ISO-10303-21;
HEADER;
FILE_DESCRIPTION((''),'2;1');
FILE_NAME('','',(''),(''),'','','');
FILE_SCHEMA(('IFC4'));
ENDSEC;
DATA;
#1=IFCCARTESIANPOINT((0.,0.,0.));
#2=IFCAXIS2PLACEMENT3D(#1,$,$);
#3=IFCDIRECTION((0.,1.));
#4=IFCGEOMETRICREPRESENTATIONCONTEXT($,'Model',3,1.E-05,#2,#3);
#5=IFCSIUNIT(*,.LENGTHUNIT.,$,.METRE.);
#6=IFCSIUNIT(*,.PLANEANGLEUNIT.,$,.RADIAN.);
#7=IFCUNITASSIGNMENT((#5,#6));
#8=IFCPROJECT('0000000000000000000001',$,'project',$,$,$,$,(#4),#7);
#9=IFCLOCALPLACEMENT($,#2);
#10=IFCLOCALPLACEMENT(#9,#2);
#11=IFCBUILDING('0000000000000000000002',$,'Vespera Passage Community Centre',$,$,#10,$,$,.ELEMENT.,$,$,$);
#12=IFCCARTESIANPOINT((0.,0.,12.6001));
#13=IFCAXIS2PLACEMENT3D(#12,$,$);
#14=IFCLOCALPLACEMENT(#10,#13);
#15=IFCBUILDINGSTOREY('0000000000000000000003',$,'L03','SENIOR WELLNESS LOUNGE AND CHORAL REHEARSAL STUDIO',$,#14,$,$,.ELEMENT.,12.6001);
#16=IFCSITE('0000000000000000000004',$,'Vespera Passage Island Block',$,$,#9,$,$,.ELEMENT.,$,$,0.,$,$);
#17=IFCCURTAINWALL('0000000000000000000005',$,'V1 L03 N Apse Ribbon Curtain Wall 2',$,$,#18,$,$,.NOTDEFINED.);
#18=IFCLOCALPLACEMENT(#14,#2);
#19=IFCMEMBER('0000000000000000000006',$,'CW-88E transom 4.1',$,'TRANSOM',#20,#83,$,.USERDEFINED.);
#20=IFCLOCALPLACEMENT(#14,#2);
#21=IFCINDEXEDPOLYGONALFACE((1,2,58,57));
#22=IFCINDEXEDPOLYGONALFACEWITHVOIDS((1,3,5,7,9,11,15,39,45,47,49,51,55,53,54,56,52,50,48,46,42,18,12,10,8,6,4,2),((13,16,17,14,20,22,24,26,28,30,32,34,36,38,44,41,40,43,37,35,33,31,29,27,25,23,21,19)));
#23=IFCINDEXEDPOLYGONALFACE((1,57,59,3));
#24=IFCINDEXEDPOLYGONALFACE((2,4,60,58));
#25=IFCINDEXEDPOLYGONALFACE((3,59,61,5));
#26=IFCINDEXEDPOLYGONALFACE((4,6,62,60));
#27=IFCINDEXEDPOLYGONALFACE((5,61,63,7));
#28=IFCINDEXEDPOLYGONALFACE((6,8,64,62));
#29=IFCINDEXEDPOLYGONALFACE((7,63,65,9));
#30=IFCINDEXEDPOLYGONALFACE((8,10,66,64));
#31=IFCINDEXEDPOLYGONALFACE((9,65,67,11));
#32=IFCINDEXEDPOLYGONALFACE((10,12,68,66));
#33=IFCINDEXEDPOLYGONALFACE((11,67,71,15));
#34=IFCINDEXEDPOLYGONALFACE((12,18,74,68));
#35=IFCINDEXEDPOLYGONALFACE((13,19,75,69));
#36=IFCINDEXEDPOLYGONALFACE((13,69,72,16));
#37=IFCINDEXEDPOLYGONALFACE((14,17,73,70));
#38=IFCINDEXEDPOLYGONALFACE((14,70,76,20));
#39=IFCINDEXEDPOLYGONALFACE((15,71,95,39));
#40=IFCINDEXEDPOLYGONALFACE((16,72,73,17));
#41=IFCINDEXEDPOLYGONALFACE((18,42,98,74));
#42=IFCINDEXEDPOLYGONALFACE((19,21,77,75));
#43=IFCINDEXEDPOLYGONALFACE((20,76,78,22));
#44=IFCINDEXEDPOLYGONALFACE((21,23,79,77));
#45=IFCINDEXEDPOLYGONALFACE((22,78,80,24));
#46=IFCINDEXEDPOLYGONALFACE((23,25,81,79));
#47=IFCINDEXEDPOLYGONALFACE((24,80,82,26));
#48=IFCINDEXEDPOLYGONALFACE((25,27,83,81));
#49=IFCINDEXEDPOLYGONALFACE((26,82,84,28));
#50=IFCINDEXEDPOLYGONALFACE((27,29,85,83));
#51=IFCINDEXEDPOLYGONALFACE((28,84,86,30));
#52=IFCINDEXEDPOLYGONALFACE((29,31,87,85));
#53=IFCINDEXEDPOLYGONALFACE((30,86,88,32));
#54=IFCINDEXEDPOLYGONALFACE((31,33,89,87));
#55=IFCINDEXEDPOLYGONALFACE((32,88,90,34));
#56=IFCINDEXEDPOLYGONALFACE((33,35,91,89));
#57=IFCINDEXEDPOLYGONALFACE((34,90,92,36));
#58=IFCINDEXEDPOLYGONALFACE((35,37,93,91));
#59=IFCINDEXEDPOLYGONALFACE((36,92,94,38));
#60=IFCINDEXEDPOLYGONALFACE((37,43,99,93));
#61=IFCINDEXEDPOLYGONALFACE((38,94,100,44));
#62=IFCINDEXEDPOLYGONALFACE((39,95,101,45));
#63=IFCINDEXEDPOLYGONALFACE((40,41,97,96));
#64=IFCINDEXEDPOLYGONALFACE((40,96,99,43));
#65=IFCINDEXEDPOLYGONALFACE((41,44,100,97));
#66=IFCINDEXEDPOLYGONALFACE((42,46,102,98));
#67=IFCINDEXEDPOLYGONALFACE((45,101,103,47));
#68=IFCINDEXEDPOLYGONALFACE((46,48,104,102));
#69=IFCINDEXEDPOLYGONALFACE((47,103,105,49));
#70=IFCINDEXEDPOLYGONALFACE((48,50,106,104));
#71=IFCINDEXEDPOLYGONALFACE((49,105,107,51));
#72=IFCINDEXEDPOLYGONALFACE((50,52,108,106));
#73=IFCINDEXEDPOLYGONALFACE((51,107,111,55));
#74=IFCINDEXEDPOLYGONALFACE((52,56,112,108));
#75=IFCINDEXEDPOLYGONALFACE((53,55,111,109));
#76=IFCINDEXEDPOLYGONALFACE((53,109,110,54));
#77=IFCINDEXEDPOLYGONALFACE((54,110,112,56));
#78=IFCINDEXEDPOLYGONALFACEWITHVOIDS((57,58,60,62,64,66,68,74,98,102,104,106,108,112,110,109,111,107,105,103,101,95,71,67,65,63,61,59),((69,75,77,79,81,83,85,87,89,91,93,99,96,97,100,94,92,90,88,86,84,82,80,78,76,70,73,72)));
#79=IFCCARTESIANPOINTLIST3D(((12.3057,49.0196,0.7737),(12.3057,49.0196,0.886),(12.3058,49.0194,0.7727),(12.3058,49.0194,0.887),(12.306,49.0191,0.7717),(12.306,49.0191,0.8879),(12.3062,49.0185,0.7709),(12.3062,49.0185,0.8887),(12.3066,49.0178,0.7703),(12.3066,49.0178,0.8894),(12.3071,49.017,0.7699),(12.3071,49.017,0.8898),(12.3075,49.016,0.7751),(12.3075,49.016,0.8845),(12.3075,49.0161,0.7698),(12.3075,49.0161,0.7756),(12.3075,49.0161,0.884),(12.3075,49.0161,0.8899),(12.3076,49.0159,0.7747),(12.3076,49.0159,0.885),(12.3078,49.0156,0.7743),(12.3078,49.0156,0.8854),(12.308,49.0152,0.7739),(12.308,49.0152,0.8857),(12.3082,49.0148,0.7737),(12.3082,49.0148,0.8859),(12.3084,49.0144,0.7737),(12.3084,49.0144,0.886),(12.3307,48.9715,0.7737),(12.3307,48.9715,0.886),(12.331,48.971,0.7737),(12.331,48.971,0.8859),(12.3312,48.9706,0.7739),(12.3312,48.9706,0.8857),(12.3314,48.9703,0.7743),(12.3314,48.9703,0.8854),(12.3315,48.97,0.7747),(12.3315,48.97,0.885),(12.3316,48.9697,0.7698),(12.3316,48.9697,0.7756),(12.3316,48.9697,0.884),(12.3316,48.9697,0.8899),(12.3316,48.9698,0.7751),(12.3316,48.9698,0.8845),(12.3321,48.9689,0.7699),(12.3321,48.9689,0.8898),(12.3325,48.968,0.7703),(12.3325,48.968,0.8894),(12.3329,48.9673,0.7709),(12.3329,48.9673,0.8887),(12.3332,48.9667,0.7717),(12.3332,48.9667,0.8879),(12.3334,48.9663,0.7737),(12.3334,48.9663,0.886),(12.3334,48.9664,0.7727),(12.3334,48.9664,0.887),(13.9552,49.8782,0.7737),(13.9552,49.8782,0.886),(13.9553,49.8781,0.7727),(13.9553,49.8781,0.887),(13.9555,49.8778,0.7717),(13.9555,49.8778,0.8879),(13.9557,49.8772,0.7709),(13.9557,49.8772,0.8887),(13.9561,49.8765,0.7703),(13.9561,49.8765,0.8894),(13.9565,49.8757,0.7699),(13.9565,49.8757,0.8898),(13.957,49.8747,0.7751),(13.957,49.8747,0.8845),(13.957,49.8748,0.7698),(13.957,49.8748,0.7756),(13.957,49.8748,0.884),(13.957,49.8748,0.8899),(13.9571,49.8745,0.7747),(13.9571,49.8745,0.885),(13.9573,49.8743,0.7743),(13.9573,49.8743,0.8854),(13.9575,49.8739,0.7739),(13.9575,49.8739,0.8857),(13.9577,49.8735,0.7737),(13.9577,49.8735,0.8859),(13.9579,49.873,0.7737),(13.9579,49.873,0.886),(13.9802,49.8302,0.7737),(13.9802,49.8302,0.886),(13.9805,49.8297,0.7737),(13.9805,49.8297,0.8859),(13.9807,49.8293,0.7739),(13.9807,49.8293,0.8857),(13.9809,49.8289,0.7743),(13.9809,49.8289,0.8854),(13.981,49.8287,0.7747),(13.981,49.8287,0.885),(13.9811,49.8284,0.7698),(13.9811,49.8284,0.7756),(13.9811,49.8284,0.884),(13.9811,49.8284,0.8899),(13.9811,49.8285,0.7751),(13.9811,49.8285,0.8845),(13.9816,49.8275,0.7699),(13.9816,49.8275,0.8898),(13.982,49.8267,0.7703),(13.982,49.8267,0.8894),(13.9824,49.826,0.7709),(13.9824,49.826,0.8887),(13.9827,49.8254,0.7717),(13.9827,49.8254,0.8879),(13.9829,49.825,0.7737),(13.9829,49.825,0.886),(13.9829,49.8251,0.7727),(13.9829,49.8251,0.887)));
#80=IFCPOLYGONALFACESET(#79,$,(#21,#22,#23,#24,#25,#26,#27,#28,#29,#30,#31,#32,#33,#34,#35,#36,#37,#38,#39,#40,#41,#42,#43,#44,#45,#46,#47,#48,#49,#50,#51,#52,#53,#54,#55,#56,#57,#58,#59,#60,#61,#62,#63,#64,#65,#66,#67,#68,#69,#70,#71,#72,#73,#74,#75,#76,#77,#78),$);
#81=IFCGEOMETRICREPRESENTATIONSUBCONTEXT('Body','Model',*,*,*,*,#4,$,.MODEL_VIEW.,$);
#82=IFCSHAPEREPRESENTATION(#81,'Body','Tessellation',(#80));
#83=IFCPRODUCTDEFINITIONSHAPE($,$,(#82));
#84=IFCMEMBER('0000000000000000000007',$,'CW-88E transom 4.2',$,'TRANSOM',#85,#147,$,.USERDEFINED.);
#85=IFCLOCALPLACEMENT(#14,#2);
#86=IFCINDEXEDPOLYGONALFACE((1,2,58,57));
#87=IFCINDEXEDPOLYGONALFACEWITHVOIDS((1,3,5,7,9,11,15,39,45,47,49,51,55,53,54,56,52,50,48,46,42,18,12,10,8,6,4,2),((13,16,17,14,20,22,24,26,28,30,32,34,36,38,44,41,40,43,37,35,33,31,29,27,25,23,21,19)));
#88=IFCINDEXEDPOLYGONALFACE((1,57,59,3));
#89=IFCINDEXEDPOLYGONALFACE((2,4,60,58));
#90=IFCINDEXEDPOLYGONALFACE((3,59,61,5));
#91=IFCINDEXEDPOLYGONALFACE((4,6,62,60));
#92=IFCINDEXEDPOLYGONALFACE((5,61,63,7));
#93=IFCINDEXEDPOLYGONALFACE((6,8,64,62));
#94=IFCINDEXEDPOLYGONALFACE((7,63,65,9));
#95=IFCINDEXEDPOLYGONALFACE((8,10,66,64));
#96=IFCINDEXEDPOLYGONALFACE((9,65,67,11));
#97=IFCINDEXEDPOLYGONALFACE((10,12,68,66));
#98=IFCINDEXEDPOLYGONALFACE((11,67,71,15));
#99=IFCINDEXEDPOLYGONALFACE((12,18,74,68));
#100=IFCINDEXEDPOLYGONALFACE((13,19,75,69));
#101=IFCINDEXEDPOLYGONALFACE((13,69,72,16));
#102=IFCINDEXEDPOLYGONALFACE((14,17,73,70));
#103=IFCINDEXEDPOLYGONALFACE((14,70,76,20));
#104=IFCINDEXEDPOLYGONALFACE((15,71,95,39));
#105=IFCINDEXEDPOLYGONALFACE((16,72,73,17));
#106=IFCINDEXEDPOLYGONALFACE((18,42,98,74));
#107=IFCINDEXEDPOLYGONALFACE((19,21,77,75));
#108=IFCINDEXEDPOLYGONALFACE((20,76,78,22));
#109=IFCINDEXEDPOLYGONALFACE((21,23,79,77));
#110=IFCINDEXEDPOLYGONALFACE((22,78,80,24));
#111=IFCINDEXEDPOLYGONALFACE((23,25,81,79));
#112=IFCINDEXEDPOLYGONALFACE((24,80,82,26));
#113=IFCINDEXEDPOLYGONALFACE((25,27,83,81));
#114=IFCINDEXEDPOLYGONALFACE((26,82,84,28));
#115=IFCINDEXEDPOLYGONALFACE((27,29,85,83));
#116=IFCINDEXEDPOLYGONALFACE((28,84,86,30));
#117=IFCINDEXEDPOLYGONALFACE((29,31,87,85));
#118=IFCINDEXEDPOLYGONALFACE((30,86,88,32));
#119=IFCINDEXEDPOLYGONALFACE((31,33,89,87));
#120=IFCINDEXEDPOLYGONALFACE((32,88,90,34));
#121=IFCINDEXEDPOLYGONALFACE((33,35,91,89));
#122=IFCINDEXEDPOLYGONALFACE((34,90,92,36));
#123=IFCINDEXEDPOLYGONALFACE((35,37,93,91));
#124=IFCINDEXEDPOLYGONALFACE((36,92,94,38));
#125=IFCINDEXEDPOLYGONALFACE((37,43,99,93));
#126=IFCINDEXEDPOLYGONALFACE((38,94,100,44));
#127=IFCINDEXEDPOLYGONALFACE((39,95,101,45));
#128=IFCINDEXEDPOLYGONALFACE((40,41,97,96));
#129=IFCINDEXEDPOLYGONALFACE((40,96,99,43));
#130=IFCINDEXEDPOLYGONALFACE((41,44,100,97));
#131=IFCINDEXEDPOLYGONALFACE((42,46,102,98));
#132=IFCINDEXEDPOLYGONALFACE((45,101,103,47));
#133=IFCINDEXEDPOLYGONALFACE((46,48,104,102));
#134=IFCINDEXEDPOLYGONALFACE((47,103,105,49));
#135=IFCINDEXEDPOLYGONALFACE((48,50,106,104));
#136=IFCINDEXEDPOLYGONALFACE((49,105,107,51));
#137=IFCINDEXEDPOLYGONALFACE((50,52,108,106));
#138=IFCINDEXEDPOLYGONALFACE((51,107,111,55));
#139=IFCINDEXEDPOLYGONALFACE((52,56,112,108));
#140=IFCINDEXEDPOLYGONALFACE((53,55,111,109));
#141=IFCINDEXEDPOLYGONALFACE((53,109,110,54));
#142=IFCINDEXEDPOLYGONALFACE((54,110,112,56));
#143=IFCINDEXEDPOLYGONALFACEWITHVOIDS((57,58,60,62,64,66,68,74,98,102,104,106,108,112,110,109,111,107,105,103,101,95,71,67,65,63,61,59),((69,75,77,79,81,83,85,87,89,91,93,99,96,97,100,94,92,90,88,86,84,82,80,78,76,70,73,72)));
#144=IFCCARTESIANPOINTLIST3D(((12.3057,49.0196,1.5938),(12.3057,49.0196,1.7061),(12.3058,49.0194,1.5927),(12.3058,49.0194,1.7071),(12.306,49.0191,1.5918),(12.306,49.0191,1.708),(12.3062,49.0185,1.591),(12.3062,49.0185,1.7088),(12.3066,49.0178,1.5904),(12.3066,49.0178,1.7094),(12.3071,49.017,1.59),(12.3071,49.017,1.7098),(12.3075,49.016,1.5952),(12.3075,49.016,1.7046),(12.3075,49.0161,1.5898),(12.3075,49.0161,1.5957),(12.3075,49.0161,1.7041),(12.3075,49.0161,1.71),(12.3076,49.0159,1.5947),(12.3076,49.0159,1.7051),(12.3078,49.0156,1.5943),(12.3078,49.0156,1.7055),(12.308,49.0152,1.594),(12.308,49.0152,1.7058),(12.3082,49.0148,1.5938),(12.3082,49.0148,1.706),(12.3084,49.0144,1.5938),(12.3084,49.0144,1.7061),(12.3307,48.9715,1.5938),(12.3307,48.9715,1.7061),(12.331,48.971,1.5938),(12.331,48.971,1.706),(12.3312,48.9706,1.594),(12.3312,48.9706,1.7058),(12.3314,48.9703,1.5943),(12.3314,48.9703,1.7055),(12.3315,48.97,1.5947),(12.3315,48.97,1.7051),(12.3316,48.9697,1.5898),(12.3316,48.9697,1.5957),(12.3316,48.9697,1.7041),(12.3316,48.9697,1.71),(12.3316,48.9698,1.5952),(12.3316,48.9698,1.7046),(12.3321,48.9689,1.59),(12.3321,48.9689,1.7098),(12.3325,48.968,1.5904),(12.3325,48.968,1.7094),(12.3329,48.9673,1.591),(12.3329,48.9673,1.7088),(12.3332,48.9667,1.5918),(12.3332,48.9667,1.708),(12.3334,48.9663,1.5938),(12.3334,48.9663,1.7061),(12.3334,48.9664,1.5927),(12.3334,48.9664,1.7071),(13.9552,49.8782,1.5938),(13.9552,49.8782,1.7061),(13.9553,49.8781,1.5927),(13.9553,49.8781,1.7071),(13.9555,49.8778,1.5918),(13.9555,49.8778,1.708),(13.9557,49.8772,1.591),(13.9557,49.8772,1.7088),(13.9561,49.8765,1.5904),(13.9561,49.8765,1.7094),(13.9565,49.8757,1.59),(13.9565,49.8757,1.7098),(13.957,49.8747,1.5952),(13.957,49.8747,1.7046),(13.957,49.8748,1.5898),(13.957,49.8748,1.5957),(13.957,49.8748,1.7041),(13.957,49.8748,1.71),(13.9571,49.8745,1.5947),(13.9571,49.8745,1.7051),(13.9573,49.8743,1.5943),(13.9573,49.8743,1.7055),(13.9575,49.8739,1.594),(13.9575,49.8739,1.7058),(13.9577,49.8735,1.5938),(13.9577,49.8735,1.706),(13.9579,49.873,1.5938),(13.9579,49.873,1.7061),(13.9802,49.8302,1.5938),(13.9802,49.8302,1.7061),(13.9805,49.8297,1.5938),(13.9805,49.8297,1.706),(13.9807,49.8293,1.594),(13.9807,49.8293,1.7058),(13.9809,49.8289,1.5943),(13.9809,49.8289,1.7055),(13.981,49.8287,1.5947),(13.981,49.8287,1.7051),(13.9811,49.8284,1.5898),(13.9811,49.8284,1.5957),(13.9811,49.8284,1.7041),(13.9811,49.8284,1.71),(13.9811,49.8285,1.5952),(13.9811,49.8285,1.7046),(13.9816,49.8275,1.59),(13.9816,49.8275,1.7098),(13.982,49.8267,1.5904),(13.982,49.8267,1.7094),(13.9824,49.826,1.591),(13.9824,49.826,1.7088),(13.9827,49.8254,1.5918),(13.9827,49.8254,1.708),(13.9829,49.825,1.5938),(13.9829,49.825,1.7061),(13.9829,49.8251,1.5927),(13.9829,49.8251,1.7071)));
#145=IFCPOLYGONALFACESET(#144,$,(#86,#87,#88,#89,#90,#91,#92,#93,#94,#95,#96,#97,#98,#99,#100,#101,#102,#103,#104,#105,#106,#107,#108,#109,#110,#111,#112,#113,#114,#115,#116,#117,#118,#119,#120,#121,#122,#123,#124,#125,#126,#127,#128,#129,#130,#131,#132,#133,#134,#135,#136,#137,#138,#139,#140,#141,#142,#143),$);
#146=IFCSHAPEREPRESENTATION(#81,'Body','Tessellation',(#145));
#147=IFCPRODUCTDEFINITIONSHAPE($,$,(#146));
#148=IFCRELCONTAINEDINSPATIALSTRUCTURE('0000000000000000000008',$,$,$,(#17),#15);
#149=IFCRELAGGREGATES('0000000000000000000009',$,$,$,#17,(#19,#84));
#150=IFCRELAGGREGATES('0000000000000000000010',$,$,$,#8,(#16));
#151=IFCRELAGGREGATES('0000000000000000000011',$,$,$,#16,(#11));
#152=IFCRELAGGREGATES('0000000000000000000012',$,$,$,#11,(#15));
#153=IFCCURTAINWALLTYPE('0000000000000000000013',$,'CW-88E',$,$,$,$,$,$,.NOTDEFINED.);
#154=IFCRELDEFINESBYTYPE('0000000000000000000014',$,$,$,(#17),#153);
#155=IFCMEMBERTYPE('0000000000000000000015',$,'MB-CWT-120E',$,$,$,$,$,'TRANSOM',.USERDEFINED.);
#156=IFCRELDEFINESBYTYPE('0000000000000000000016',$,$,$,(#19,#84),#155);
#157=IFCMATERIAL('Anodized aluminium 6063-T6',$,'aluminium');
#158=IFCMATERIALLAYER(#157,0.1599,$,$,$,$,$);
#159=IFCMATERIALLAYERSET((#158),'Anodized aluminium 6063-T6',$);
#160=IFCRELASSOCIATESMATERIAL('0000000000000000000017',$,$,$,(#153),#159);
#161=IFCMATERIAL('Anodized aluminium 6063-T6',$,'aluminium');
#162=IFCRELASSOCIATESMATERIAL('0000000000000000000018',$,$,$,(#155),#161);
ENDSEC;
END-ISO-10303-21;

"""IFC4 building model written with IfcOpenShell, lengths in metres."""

from ifc_helpers import new_model, si_unit, direction, frame, origin, origin_2d, place, context, subcontext, project, spatial, hollow_rectangle, extrude, material, layer, layer_set, material_profile, profile_set, type_object, element, aggregate, save


model = new_model("IFC4")

# Units and contexts
model_context = context("Model", 3, precision=1e-05, world=origin(), true_north=direction((0.0, 1.0)))
body_context = subcontext(model_context, "Body", "Model", "MODEL_VIEW")
ifc_project = project(units=[si_unit("LENGTHUNIT", "METRE"), si_unit("PLANEANGLEUNIT", "RADIAN")], contexts=[model_context])

# Site, building, storey
site_placement = place(None, origin())
site = spatial("IfcSite", under=ifc_project, at=site_placement, Name="Vespera Passage Island Block", CompositionType="ELEMENT", RefElevation=0.0)
building_placement = place(site_placement, origin())
building = spatial("IfcBuilding", under=site, at=building_placement, Name="Vespera Passage Community Centre", CompositionType="ELEMENT")
storey_placement = place(building_placement, frame((0.0, 0.0, 12.6001)))
storey = spatial("IfcBuildingStorey", under=building, at=storey_placement, Name="L03", Description="SENIOR WELLNESS LOUNGE AND CHORAL REHEARSAL STUDIO", CompositionType="ELEMENT", Elevation=12.6001)

# Curtain wall, members
ifc_material_1 = material(Name="Anodized aluminium 6063-T6", Category="aluminium")
ifc_layer_1 = layer(ifc_material_1, 0.1599)
ifc_layer_set_1 = layer_set([ifc_layer_1], Name="Anodized aluminium 6063-T6")
curtain_wall_type = type_object("IfcCurtainWallType", Name="CW-88E", PredefinedType="NOTDEFINED", material=ifc_layer_set_1)
curtain_wall_placement = place(storey_placement, origin())
curtain_wall = element("IfcCurtainWall", 1, at=curtain_wall_placement, inside=storey, type_object=curtain_wall_type, Name="V1 L03 N Apse Ribbon Curtain Wall 2", PredefinedType="NOTDEFINED")
ifc_material_2 = material(Name="Anodized aluminium 6063-T6", Category="aluminium")
ifc_material_profile_1 = material_profile(ifc_material_2, hollow_rectangle(XDim=0.0601, YDim=0.1201, WallThickness=0.0039, InnerFilletRadius=0.002, OuterFilletRadius=0.0039, at=origin_2d()), Name="ALU120X60X4")
ifc_profile_set_1 = profile_set([ifc_material_profile_1], Name="Anodized aluminium 6063-T6")
member_type_1 = type_object("IfcMemberType", Name="MB-CWT-120E", ElementType="TRANSOM", PredefinedType="USERDEFINED", material=ifc_profile_set_1)
member_1_placement = place(storey_placement, frame((12.3196, 48.9929, 0.8298), z_axis=(0.887008, 0.461754, 0.0), x_axis=(-0.461754, 0.887008, 0.0)))
member_1 = element("IfcMember", 2, at=member_1_placement, type_object=member_type_1, Name="CW-88E transom 4.1", ObjectType="TRANSOM", PredefinedType="USERDEFINED", context=body_context, shape_type="SweptSolid", body=[
    extrude(hollow_rectangle(XDim=0.0601, YDim=0.1201, WallThickness=0.0039, InnerFilletRadius=0.002, OuterFilletRadius=0.0039, at=origin_2d()), origin(), (0.0, 0.0, 1.0), 1.8596),
])
member_2_placement = place(storey_placement, frame((12.3196, 48.9929, 1.6499), z_axis=(0.887008, 0.461754, 0.0), x_axis=(-0.461754, 0.887008, 0.0)))
member_2 = element("IfcMember", 3, at=member_2_placement, type_object=member_type_1, Name="CW-88E transom 4.2", ObjectType="TRANSOM", PredefinedType="USERDEFINED", context=body_context, shape_type="SweptSolid", body=[
    extrude(hollow_rectangle(XDim=0.0601, YDim=0.1201, WallThickness=0.0039, InnerFilletRadius=0.002, OuterFilletRadius=0.0039, at=origin_2d()), origin(), (0.0, 0.0, 1.0), 1.8596),
])
aggregate(curtain_wall, [member_1, member_2])

save(model, "model.ifc")
